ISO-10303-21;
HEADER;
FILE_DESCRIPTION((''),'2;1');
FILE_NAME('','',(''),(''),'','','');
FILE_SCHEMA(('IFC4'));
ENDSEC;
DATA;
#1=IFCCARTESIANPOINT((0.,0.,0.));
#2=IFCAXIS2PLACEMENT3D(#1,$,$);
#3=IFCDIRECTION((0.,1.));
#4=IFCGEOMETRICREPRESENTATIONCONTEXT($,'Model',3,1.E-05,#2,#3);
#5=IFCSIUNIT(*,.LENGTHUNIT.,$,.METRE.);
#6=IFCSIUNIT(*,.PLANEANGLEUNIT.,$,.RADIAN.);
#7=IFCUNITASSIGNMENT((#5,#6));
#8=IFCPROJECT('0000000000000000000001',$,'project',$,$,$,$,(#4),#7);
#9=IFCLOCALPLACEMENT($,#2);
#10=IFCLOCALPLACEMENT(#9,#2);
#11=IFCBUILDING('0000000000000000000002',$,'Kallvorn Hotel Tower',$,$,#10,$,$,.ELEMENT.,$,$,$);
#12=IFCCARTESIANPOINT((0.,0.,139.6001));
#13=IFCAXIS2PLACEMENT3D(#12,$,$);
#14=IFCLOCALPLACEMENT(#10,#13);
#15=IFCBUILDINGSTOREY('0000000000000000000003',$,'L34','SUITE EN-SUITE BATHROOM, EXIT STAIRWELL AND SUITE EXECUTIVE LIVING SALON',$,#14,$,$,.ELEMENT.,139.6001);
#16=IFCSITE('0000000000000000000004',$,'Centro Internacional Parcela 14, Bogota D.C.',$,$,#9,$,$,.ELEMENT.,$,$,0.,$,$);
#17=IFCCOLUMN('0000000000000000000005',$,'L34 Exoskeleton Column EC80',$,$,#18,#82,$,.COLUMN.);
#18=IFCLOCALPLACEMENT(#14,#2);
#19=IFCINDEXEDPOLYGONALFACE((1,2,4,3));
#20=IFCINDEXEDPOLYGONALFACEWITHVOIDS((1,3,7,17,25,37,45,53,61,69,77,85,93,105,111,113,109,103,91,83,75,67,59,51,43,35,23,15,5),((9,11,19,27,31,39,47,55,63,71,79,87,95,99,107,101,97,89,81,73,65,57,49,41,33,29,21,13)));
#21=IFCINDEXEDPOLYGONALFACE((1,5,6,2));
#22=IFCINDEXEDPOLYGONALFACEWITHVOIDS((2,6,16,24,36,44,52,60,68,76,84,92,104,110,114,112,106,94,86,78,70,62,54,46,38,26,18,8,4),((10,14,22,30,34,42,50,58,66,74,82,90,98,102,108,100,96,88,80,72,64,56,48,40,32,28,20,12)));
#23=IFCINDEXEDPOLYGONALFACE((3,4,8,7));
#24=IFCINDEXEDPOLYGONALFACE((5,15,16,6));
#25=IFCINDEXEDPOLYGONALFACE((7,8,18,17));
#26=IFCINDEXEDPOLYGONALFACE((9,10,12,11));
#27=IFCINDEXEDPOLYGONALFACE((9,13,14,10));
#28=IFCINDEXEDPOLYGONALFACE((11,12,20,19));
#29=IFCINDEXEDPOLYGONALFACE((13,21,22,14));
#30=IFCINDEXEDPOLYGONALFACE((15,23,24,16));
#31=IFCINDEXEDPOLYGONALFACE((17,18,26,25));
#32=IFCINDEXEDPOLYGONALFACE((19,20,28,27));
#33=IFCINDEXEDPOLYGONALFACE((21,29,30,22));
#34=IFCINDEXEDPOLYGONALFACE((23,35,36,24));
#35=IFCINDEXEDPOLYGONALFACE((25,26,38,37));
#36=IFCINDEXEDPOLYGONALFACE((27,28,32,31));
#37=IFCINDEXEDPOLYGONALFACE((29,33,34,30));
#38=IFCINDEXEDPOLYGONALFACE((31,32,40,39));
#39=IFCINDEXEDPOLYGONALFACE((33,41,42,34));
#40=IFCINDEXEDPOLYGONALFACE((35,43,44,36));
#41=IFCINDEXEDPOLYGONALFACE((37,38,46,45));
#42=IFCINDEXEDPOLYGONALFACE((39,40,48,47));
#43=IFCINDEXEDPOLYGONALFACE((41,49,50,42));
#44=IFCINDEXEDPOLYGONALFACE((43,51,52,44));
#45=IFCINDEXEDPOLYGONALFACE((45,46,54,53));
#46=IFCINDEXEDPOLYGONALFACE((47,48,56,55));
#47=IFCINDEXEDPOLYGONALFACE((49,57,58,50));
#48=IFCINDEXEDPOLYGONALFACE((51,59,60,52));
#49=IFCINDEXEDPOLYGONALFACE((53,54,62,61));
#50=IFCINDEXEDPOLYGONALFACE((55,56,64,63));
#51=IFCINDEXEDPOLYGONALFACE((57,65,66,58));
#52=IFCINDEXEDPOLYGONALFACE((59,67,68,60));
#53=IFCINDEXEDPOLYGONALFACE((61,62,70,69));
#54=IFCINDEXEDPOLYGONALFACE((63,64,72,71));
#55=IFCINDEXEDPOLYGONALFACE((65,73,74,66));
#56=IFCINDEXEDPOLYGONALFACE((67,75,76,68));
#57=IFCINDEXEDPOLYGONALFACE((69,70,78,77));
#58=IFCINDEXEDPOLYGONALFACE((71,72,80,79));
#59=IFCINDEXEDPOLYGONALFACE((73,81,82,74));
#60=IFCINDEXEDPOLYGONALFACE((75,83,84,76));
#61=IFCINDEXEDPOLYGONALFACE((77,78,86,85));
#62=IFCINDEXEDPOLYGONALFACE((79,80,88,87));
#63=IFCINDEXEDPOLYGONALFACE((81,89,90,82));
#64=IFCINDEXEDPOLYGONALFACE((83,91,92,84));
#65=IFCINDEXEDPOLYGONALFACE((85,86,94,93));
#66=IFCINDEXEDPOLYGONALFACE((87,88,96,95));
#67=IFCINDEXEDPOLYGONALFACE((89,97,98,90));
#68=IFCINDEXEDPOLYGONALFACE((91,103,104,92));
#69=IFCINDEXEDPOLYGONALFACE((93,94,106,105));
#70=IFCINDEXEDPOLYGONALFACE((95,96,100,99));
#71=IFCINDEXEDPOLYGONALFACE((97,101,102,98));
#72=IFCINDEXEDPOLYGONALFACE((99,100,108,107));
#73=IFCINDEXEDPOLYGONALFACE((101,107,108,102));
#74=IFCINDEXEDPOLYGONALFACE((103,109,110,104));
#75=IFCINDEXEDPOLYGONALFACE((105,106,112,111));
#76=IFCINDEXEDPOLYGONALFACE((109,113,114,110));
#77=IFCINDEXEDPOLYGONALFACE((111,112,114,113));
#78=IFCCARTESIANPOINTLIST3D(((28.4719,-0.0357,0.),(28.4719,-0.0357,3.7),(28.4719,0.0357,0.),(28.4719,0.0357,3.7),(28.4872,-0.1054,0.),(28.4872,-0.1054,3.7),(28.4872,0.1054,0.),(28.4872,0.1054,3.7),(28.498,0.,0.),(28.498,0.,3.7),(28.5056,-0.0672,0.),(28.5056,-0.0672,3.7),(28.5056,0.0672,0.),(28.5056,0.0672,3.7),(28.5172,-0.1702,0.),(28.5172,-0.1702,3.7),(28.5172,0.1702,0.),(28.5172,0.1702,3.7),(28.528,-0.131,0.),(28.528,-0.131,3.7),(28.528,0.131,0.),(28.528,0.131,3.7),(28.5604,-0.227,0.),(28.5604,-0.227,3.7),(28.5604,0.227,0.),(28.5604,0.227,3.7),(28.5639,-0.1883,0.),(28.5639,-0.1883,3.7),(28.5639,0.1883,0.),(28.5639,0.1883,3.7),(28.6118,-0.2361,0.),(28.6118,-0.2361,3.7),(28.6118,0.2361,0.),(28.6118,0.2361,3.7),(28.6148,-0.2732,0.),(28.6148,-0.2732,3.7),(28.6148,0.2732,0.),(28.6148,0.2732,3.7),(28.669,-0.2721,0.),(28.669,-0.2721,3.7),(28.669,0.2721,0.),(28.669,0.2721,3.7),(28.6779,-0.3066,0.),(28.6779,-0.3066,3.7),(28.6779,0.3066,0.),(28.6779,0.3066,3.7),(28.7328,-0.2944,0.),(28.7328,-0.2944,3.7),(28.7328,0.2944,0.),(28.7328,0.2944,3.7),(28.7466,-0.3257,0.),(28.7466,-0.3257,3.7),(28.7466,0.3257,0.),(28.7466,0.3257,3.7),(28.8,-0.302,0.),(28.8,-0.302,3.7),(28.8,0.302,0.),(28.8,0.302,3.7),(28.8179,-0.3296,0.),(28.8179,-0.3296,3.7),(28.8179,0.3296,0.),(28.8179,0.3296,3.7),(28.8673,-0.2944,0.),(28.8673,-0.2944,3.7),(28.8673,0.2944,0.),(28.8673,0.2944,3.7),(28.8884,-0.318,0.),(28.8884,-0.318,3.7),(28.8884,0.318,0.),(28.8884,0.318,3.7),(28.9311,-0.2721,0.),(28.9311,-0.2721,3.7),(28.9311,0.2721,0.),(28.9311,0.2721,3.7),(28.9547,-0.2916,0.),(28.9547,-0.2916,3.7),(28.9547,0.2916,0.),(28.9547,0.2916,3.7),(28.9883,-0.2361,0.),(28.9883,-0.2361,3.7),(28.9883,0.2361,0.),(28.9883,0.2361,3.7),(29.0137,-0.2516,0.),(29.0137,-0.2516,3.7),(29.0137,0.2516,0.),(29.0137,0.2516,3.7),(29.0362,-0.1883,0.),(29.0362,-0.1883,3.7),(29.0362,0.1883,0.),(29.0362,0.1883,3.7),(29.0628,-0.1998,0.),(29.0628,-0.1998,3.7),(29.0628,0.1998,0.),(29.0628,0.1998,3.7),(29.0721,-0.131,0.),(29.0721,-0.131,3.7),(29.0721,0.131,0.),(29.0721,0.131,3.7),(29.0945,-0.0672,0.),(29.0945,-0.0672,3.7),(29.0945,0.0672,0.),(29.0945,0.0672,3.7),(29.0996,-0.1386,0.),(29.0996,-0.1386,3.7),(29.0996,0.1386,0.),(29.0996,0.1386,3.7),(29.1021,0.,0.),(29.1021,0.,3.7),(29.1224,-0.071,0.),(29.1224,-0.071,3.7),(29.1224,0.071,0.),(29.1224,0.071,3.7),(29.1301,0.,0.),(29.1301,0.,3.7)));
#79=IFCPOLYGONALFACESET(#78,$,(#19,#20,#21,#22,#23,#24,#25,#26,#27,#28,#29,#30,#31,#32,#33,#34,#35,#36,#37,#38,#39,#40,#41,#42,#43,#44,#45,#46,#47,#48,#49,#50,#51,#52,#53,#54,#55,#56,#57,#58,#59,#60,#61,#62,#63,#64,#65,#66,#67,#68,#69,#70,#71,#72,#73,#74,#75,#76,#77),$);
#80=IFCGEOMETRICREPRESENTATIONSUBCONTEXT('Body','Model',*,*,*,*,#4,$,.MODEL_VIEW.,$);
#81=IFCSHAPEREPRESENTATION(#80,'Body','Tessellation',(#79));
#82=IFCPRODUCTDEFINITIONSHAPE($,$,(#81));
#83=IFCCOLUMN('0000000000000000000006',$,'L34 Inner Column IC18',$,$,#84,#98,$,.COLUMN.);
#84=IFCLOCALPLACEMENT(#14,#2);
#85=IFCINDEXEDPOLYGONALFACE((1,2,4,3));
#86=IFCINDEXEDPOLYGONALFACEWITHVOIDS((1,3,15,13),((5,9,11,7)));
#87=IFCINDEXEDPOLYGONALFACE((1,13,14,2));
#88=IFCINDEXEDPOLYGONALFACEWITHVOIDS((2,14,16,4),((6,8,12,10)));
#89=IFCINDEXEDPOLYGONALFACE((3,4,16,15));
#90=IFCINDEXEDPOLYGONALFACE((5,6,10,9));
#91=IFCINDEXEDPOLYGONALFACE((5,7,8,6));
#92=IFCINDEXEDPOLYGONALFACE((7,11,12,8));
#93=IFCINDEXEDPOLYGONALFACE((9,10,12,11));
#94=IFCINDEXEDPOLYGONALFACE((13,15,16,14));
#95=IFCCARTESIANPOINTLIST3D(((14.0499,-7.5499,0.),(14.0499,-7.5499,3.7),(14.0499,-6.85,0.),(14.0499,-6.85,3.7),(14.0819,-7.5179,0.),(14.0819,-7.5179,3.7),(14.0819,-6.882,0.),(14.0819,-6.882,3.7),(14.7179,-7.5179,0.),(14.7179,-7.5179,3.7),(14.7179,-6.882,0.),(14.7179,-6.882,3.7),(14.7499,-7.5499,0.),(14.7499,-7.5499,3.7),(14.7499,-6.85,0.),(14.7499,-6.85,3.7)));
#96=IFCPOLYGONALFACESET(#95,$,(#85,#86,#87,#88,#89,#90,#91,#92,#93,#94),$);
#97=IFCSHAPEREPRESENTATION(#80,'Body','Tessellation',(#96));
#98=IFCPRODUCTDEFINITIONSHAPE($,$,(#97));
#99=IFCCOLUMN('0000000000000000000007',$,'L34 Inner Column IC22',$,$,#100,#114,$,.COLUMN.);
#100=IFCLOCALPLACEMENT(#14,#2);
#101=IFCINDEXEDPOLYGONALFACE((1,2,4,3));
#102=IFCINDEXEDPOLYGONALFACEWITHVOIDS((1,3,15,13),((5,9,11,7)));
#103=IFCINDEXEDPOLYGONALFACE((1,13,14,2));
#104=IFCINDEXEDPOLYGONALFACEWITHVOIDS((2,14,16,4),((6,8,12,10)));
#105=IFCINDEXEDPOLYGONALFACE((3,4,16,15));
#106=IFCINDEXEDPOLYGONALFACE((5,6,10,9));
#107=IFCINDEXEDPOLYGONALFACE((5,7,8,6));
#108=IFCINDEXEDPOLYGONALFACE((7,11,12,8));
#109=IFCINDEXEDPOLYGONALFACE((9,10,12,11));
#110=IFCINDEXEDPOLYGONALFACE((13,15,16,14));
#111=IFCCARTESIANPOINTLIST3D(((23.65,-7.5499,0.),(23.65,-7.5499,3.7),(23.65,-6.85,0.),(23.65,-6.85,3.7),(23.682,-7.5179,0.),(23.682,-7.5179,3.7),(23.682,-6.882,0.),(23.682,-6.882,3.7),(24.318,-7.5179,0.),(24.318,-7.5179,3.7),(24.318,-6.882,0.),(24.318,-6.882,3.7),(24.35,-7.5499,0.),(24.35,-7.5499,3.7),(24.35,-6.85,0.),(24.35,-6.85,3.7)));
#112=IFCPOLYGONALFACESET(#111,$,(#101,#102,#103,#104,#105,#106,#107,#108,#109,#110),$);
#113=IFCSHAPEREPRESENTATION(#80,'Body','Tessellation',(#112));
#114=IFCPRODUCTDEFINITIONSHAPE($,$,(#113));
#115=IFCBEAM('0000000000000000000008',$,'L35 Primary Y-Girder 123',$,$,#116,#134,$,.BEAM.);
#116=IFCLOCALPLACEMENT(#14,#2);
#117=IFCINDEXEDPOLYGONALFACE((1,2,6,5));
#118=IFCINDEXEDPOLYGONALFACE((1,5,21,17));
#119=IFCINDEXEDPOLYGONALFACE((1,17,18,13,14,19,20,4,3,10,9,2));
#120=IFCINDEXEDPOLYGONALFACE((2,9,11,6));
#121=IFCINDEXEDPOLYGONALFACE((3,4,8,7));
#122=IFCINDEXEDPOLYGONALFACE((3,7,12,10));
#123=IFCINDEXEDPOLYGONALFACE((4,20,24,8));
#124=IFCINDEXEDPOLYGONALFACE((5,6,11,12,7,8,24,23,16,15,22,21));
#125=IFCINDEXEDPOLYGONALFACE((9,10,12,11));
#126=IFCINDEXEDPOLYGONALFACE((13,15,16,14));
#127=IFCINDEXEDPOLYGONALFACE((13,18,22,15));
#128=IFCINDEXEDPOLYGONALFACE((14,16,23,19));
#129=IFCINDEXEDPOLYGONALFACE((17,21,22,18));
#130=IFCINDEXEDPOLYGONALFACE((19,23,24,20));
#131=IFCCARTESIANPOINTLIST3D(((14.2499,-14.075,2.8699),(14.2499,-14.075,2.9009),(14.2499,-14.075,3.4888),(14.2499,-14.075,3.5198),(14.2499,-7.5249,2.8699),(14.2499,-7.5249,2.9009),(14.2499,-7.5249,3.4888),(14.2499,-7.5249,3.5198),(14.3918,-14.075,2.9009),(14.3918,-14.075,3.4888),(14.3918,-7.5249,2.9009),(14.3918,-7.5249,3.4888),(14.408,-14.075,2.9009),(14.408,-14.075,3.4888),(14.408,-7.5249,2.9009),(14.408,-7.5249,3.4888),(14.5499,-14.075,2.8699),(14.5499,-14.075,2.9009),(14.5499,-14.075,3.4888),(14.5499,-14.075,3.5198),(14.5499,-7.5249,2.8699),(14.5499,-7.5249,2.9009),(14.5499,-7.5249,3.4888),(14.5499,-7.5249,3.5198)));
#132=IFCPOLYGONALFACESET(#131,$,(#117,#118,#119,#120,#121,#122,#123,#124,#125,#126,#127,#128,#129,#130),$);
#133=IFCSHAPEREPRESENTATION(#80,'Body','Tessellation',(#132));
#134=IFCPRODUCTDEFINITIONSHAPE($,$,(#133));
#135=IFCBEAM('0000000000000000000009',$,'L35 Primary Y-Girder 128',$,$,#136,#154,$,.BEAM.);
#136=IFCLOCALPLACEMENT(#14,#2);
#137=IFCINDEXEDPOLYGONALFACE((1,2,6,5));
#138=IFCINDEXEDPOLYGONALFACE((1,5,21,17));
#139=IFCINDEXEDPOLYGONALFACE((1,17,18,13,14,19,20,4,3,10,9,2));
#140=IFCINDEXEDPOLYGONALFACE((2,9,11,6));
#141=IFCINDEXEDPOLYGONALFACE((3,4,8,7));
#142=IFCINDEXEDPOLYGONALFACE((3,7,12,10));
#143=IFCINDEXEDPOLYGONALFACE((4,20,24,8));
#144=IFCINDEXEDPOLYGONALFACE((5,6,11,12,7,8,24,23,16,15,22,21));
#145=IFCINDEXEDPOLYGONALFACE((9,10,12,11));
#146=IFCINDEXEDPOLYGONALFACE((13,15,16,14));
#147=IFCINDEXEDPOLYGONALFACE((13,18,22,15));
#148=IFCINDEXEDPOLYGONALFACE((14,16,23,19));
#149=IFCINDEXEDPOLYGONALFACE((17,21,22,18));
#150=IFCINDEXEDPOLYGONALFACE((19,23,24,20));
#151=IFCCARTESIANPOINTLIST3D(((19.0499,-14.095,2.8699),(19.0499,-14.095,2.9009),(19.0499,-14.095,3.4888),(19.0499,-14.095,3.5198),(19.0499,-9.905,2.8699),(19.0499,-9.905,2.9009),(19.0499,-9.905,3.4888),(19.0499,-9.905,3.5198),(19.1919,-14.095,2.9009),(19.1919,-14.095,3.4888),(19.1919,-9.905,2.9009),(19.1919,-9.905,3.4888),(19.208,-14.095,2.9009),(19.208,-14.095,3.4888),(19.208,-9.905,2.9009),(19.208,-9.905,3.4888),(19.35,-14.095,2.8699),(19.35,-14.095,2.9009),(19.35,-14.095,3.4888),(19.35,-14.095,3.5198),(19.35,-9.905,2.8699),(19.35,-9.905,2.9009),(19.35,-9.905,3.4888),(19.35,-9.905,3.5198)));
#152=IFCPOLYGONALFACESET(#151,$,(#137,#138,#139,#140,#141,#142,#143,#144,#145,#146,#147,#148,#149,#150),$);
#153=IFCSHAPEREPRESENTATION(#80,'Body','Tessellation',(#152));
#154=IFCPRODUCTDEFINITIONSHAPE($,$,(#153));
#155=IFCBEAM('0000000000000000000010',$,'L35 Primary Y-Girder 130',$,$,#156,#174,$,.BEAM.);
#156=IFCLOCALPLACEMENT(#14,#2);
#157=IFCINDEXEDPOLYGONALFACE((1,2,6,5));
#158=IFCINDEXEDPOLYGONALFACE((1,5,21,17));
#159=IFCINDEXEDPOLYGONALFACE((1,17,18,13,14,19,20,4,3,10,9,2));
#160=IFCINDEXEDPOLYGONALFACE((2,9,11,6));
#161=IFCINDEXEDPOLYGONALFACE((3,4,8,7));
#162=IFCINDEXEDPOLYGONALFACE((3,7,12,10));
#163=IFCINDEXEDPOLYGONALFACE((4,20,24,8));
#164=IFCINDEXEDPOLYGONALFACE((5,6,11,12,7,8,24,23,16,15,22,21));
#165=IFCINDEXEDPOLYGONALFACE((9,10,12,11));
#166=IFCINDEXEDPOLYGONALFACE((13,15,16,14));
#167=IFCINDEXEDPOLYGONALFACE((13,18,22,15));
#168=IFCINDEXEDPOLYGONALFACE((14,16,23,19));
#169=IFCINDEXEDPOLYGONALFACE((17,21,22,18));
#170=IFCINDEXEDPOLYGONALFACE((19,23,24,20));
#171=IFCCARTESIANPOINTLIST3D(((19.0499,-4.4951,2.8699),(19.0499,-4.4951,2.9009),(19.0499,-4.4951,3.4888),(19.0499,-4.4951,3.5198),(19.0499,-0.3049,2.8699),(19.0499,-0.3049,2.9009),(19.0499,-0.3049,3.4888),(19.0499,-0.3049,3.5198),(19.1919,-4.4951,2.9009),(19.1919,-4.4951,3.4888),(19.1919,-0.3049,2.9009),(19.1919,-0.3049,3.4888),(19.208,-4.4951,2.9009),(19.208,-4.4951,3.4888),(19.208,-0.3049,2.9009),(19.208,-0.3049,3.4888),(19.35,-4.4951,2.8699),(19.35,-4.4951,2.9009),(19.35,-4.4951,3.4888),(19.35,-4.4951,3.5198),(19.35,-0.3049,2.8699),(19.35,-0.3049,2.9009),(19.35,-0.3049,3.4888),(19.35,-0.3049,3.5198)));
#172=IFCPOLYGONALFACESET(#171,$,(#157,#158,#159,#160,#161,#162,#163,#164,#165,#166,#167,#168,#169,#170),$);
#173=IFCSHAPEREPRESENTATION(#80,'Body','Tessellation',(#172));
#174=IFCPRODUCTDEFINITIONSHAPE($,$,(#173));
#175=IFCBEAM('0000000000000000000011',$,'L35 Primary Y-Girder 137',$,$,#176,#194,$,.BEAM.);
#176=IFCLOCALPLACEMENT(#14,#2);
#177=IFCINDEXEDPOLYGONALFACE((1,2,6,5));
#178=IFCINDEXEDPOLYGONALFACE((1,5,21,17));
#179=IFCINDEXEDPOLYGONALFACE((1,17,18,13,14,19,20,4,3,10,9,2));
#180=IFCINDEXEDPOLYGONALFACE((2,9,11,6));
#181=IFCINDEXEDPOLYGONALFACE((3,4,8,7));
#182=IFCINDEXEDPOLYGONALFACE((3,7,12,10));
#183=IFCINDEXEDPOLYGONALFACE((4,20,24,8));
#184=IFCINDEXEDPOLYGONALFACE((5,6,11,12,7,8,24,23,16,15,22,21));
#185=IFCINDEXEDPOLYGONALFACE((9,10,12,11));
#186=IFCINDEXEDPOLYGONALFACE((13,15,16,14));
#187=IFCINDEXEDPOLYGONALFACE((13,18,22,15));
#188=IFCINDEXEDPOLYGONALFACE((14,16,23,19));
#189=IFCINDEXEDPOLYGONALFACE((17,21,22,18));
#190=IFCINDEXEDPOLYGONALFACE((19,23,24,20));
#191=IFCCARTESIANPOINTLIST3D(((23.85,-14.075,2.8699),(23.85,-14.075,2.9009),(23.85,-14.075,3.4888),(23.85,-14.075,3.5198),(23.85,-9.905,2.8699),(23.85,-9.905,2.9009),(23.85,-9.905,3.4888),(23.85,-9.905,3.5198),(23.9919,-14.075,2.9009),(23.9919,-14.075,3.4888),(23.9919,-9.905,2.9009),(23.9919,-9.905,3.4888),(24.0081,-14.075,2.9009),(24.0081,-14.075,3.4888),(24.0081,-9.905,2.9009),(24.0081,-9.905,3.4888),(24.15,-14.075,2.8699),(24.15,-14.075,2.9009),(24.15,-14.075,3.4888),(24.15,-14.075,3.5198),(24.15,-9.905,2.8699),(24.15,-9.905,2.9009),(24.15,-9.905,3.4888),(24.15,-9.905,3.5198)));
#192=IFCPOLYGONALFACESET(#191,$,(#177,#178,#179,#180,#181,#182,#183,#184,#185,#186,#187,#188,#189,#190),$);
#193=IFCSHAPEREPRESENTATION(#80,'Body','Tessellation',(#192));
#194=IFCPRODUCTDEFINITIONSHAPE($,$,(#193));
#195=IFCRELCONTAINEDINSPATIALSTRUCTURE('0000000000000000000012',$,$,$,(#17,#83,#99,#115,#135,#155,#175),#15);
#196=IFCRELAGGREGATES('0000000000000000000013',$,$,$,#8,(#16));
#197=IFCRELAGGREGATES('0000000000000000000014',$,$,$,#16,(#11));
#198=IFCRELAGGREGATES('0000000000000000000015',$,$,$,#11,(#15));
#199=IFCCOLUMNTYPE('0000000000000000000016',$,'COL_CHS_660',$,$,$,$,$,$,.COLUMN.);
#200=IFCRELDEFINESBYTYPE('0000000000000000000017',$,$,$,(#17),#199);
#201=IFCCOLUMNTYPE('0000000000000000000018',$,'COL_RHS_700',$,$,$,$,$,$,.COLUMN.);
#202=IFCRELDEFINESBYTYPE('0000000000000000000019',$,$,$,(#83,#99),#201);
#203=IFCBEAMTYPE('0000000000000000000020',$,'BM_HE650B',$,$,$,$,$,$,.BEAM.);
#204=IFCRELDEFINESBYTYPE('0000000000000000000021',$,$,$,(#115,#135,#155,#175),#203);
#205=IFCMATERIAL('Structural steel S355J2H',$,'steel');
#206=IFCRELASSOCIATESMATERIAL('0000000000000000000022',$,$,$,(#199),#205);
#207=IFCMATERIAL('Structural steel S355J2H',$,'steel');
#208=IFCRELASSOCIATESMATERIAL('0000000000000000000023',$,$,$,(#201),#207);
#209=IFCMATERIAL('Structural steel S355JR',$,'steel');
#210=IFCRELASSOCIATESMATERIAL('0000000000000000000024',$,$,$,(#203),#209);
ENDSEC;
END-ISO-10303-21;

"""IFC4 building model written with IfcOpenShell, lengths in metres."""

from ifc_helpers import new_model, si_unit, direction, frame, origin, origin_2d, place, context, subcontext, project, spatial, hollow_rectangle, hollow_circle, i_section, extrude, material, material_profile, profile_set, type_object, element, save


model = new_model("IFC4")

# Units and contexts
model_context = context("Model", 3, precision=1e-05, world=origin(), true_north=direction((0.0, 1.0)))
body_context = subcontext(model_context, "Body", "Model", "MODEL_VIEW")
ifc_project = project(units=[si_unit("LENGTHUNIT", "METRE"), si_unit("PLANEANGLEUNIT", "RADIAN")], contexts=[model_context])

# Site, building, storey
site_placement = place(None, origin())
site = spatial("IfcSite", under=ifc_project, at=site_placement, Name="Centro Internacional Parcela 14, Bogota D.C.", CompositionType="ELEMENT", RefElevation=0.0)
building_placement = place(site_placement, origin())
building = spatial("IfcBuilding", under=site, at=building_placement, Name="Kallvorn Hotel Tower", CompositionType="ELEMENT")
storey_placement = place(building_placement, frame((0.0, 0.0, 139.6001)))
storey = spatial("IfcBuildingStorey", under=building, at=storey_placement, Name="L34", Description="SUITE EN-SUITE BATHROOM, EXIT STAIRWELL AND SUITE EXECUTIVE LIVING SALON", CompositionType="ELEMENT", Elevation=139.6001)

# Columns
ifc_material_1 = material(Name="Structural steel S355J2H", Category="steel")
ifc_material_profile_1 = material_profile(ifc_material_1, hollow_circle(Radius=0.3301, WallThickness=0.0281, at=origin_2d()), Name="CHS 660x28")
ifc_profile_set_1 = profile_set([ifc_material_profile_1], Name="Structural steel S355J2H")
column_type_1 = type_object("IfcColumnType", Name="COL_CHS_660", PredefinedType="COLUMN", material=ifc_profile_set_1)
for number, where, z_axis, x_axis, name in (
    (1, (28.8, 0.0, 0.0), (0.0, 0.0, 1.0), (1.0, 0.0, 0.0), "L34 Exoskeleton Column EC80"),
):
    element("IfcColumn", number, at=place(storey_placement, frame(where, z_axis=z_axis, x_axis=x_axis)), inside=storey, type_object=column_type_1, Name=name, PredefinedType="COLUMN", context=body_context, shape_type="SweptSolid", body=[
        extrude(hollow_circle(Radius=0.3301, WallThickness=0.0281, at=origin_2d()), origin(), (0.0, 0.0, 1.0), 3.7),
    ])
ifc_material_2 = material(Name="Structural steel S355J2H", Category="steel")
ifc_material_profile_2 = material_profile(ifc_material_2, hollow_rectangle(XDim=0.7, YDim=0.7, WallThickness=0.032, at=origin_2d()), Name="RHS 700x700x32")
ifc_profile_set_2 = profile_set([ifc_material_profile_2], Name="Structural steel S355J2H")
column_type_2 = type_object("IfcColumnType", Name="COL_RHS_700", PredefinedType="COLUMN", material=ifc_profile_set_2)
for number, where, z_axis, x_axis, name in (
    (2, (14.3999, -7.2, 0.0), (0.0, 0.0, 1.0), (1.0, 0.0, 0.0), "L34 Inner Column IC18"),
    (3, (24.0, -7.2, 0.0), (0.0, 0.0, 1.0), (1.0, 0.0, 0.0), "L34 Inner Column IC22"),
):
    element("IfcColumn", number, at=place(storey_placement, frame(where, z_axis=z_axis, x_axis=x_axis)), inside=storey, type_object=column_type_2, Name=name, PredefinedType="COLUMN", context=body_context, shape_type="SweptSolid", body=[
        extrude(hollow_rectangle(XDim=0.7, YDim=0.7, WallThickness=0.032, at=origin_2d()), origin(), (0.0, 0.0, 1.0), 3.7),
    ])

# Beams
ifc_material_3 = material(Name="Structural steel S355JR", Category="steel")
ifc_material_profile_3 = material_profile(ifc_material_3, i_section(OverallWidth=0.3, OverallDepth=0.6499, WebThickness=0.0161, FlangeThickness=0.031, at=origin_2d()), Name="HE 650 B")
ifc_profile_set_3 = profile_set([ifc_material_profile_3], Name="Structural steel S355JR")
beam_type_1 = type_object("IfcBeamType", Name="BM_HE650B", PredefinedType="BEAM", material=ifc_profile_set_3)
beam_1_placement = place(storey_placement, frame((14.3999, -14.075, 3.1948), z_axis=(0.0, 1.0, 0.0), x_axis=(-1.0, 0.0, 0.0)))
element("IfcBeam", 4, at=beam_1_placement, inside=storey, type_object=beam_type_1, Name="L35 Primary Y-Girder 123", PredefinedType="BEAM", context=body_context, shape_type="SweptSolid", body=[
    extrude(i_section(OverallWidth=0.3, OverallDepth=0.6499, WebThickness=0.0161, FlangeThickness=0.031, at=origin_2d()), origin(), (0.0, 0.0, 1.0), 6.55),
])
beam_2_placement = place(storey_placement, frame((19.2, -14.095, 3.1948), z_axis=(0.0, 1.0, 0.0), x_axis=(-1.0, 0.0, 0.0)))
element("IfcBeam", 5, at=beam_2_placement, inside=storey, type_object=beam_type_1, Name="L35 Primary Y-Girder 128", PredefinedType="BEAM", context=body_context, shape_type="SweptSolid", body=[
    extrude(i_section(OverallWidth=0.3, OverallDepth=0.6499, WebThickness=0.0161, FlangeThickness=0.031, at=origin_2d()), origin(), (0.0, 0.0, 1.0), 4.1899),
])
beam_3_placement = place(storey_placement, frame((19.2, -4.4951, 3.1948), z_axis=(0.0, 1.0, 0.0), x_axis=(-1.0, 0.0, 0.0)))
element("IfcBeam", 6, at=beam_3_placement, inside=storey, type_object=beam_type_1, Name="L35 Primary Y-Girder 130", PredefinedType="BEAM", context=body_context, shape_type="SweptSolid", body=[
    extrude(i_section(OverallWidth=0.3, OverallDepth=0.6499, WebThickness=0.0161, FlangeThickness=0.031, at=origin_2d()), origin(), (0.0, 0.0, 1.0), 4.1902),
])
beam_4_placement = place(storey_placement, frame((24.0, -14.075, 3.1948), z_axis=(0.0, 1.0, 0.0), x_axis=(-1.0, 0.0, 0.0)))
element("IfcBeam", 7, at=beam_4_placement, inside=storey, type_object=beam_type_1, Name="L35 Primary Y-Girder 137", PredefinedType="BEAM", context=body_context, shape_type="SweptSolid", body=[
    extrude(i_section(OverallWidth=0.3, OverallDepth=0.6499, WebThickness=0.0161, FlangeThickness=0.031, at=origin_2d()), origin(), (0.0, 0.0, 1.0), 4.1699),
])

save(model, "model.ifc")
